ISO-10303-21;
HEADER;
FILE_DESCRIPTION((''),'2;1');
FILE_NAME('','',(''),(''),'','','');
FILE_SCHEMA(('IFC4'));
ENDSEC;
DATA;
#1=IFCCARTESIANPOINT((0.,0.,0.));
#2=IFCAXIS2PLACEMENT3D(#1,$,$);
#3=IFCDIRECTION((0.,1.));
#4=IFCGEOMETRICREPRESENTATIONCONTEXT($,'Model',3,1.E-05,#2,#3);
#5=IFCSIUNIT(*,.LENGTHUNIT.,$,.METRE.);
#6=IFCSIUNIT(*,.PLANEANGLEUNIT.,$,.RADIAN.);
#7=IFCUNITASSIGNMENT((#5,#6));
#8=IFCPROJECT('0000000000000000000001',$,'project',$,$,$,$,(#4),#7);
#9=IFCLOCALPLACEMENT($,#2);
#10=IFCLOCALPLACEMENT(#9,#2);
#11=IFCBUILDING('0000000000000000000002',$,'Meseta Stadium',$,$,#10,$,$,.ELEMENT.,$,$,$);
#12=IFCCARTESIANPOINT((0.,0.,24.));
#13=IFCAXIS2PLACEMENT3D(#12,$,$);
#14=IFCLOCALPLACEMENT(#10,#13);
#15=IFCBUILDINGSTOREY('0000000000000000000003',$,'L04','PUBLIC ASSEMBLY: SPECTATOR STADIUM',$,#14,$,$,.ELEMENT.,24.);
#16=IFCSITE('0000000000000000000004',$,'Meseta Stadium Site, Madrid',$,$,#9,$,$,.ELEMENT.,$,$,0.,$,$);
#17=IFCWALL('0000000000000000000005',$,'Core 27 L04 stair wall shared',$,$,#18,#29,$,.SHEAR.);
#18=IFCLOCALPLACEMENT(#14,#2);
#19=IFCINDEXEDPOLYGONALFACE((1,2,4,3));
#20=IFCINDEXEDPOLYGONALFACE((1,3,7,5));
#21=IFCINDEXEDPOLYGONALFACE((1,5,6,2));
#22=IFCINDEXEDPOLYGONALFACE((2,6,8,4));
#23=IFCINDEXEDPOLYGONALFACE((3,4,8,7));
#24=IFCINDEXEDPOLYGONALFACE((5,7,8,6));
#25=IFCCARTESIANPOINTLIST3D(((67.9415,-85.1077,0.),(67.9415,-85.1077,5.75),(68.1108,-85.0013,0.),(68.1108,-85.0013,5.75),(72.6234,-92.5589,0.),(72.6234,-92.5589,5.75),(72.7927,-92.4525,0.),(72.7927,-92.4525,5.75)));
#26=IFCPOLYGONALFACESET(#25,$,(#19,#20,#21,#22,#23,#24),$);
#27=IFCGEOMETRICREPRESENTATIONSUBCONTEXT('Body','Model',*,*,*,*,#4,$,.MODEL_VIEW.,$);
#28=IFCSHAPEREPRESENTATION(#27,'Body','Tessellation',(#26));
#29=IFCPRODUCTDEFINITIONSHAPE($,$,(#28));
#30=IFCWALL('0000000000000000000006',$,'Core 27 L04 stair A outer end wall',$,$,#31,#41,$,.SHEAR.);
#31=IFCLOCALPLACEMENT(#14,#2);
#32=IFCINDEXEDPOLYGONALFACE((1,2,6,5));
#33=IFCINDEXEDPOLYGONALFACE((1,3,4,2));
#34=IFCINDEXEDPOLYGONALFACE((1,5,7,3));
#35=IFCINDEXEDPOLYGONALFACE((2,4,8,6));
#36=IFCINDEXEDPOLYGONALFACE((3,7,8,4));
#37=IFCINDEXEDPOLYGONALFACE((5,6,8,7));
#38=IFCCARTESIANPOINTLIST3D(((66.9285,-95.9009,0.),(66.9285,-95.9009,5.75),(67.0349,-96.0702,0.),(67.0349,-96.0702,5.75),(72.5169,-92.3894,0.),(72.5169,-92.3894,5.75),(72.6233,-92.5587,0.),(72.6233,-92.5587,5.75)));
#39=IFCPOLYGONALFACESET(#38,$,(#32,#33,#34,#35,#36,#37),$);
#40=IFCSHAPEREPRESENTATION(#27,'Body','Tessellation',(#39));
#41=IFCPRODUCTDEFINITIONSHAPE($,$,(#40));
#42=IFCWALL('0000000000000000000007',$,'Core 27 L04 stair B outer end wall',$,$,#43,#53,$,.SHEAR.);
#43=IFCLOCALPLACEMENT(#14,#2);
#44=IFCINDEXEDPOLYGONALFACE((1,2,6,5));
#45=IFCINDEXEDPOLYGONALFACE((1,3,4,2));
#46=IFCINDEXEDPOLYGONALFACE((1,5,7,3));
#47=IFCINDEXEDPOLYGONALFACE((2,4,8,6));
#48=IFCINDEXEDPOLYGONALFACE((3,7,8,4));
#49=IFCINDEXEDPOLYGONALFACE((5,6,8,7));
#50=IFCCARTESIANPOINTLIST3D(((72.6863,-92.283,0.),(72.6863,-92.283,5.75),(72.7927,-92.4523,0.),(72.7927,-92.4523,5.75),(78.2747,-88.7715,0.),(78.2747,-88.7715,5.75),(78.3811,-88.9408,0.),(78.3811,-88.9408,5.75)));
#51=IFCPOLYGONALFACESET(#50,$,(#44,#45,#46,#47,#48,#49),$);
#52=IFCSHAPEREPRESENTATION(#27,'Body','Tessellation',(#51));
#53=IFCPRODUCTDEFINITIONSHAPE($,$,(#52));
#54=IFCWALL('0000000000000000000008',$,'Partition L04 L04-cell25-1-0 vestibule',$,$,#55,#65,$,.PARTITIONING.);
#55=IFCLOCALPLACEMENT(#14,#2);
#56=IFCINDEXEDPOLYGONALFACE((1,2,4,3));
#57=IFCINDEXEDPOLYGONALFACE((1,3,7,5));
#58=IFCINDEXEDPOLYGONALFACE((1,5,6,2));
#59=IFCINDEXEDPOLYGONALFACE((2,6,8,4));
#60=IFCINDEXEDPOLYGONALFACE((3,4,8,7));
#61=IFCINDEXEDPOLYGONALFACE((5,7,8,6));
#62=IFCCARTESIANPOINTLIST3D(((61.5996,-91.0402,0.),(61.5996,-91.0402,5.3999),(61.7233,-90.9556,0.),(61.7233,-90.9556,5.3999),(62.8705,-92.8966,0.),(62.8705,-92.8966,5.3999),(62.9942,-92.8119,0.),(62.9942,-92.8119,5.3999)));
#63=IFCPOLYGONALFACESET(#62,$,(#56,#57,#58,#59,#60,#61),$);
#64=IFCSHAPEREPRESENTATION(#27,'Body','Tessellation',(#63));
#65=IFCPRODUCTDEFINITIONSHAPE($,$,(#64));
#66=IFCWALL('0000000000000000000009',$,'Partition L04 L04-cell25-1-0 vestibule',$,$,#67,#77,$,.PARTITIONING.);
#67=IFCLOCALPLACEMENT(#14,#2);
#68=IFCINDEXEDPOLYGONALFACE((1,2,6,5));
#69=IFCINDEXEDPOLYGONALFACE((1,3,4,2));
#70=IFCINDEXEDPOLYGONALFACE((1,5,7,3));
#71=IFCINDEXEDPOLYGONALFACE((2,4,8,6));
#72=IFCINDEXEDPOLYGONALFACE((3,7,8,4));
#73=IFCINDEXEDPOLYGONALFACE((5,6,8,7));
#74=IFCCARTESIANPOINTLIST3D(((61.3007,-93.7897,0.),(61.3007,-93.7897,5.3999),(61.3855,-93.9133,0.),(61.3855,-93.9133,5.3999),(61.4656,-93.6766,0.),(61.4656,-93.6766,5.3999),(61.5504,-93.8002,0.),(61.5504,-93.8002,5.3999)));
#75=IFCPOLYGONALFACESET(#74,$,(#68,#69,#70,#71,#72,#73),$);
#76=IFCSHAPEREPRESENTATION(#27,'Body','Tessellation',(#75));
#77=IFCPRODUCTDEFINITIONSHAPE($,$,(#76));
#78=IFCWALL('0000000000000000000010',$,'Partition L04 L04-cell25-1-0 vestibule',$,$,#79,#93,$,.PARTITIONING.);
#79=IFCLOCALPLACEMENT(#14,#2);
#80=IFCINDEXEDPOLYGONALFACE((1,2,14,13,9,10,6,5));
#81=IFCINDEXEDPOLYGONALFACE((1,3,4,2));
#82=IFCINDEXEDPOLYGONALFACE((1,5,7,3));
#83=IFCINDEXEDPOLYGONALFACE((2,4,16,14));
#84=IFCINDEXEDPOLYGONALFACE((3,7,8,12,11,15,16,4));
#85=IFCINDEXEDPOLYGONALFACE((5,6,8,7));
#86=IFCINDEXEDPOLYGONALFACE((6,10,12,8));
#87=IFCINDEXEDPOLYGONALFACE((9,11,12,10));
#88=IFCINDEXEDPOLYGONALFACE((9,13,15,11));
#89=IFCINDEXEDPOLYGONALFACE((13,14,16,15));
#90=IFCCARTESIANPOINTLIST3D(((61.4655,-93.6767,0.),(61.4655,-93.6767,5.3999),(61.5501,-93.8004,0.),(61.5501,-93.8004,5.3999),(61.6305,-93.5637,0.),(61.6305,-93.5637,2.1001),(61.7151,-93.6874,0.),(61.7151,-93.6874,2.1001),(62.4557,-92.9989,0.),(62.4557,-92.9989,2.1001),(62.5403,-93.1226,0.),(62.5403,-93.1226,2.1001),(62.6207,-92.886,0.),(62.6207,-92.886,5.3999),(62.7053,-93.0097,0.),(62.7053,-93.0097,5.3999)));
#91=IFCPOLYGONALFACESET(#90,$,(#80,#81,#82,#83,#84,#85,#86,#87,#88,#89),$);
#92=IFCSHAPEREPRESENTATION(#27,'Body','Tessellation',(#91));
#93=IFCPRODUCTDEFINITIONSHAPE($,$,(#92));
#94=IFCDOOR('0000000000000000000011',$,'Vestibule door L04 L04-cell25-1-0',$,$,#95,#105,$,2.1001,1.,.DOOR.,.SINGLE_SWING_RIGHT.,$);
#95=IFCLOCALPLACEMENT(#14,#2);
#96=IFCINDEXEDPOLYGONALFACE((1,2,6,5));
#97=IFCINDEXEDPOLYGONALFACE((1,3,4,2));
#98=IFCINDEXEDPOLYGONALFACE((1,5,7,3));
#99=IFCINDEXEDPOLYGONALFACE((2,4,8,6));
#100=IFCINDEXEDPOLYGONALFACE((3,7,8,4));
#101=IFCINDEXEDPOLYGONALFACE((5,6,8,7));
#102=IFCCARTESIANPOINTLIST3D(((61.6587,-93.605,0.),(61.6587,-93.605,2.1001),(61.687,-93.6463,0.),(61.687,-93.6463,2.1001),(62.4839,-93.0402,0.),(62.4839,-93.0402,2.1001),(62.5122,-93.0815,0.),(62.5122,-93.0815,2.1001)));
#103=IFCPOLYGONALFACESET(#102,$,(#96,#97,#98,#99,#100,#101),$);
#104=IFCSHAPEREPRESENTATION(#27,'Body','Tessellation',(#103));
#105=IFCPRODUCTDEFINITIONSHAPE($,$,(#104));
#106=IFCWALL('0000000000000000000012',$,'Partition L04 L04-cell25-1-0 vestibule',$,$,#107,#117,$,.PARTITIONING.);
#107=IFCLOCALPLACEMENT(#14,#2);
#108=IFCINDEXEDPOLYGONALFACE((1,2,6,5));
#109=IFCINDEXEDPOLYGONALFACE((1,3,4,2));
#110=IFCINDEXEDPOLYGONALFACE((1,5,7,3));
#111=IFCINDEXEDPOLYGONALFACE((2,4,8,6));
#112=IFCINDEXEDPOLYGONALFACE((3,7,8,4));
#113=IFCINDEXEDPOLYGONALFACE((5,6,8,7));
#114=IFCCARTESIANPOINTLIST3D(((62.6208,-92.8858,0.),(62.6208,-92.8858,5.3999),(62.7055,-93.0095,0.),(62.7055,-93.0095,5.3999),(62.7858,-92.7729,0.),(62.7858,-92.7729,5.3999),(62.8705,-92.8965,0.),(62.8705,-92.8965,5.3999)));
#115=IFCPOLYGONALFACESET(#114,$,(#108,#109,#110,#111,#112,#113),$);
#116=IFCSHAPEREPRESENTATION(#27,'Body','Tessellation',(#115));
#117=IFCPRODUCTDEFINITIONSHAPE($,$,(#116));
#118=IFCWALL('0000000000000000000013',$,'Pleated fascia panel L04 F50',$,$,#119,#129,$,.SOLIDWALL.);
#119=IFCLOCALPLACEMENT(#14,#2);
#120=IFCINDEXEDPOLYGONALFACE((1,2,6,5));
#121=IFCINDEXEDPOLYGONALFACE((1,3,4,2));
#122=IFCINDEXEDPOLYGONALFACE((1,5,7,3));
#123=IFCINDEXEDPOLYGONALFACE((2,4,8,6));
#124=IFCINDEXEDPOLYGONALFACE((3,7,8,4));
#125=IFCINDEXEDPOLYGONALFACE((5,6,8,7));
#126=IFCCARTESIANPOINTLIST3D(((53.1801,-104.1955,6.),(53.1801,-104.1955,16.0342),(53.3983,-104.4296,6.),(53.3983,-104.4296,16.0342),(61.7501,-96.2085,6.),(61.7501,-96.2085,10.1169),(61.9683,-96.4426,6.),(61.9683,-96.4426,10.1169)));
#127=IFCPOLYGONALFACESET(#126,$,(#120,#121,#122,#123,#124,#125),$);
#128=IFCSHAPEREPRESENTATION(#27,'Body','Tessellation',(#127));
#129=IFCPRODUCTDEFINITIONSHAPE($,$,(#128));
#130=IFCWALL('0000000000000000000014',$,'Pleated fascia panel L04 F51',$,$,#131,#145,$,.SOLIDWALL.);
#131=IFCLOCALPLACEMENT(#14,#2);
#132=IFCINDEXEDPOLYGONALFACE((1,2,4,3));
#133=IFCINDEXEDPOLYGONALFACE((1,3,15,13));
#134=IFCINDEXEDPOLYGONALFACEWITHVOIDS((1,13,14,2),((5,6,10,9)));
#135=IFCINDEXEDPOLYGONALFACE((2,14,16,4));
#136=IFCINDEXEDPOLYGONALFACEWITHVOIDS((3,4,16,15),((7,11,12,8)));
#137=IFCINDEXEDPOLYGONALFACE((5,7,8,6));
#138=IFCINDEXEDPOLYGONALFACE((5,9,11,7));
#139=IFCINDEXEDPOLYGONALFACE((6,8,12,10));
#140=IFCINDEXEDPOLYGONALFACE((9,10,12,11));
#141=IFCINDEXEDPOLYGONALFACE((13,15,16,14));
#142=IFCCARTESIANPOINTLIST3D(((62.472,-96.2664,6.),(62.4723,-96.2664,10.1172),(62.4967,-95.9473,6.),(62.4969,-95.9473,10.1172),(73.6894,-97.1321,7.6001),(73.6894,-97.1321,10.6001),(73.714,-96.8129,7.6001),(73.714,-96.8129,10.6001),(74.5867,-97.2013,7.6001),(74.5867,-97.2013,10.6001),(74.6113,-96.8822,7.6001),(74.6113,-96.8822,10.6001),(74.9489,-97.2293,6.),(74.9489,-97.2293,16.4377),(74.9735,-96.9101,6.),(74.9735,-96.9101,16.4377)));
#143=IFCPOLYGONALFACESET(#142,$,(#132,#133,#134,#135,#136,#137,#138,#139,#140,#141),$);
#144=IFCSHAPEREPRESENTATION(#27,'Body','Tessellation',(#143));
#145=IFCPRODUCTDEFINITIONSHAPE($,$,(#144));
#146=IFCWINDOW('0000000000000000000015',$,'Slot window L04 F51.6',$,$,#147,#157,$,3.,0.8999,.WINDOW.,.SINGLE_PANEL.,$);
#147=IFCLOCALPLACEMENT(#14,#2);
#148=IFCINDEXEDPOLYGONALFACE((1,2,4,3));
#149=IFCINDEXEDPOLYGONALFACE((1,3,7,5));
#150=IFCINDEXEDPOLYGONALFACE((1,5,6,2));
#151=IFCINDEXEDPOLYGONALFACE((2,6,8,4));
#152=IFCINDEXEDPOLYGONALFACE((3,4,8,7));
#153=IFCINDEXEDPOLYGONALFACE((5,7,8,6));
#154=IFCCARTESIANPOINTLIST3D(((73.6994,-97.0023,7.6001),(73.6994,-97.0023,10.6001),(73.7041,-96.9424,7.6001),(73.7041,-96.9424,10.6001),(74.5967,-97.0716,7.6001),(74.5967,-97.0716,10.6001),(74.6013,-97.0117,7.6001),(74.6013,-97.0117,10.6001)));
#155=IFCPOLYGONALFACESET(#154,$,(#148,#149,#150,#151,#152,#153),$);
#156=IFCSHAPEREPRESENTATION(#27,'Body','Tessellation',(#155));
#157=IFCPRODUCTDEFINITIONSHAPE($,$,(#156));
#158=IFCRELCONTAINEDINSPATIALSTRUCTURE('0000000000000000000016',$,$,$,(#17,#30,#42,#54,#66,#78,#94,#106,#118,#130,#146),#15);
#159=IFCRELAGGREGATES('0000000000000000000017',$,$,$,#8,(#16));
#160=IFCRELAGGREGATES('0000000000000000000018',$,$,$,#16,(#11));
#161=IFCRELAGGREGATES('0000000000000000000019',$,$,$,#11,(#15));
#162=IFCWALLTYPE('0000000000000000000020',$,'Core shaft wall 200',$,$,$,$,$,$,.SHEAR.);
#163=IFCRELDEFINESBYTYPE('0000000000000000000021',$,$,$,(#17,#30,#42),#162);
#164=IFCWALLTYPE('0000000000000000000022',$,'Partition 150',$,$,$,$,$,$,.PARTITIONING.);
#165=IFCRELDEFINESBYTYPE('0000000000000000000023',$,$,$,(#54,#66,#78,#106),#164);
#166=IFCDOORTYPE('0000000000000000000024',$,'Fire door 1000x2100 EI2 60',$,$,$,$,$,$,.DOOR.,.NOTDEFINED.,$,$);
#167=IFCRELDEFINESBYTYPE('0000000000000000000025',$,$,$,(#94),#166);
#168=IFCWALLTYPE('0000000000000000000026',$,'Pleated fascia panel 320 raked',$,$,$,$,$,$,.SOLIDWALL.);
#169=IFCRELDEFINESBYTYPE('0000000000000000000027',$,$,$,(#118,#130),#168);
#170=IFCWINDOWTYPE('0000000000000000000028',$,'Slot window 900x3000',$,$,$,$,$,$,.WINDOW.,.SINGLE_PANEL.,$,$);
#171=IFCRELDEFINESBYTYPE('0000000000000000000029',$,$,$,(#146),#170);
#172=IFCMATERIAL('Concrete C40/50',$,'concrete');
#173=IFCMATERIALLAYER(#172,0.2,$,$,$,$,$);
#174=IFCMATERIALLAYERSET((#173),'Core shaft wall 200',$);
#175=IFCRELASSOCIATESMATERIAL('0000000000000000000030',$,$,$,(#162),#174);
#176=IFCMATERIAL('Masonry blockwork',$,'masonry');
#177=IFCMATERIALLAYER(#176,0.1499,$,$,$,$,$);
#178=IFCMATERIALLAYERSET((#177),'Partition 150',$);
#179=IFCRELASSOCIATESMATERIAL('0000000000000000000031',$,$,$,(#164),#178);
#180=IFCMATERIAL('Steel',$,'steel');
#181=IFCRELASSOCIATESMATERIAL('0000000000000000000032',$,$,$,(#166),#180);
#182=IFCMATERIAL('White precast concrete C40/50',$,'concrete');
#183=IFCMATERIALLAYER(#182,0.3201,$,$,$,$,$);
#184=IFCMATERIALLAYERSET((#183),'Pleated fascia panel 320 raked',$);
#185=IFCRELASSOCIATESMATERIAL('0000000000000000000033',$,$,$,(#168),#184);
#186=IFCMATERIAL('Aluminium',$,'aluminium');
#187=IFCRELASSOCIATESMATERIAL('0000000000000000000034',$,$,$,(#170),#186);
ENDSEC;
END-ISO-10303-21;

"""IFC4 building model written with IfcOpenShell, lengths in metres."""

from ifc_helpers import new_model, si_unit, direction, frame, frame_2d, origin, place, context, subcontext, project, spatial, polyline, rectangle, outline, extrude, material, layer, layer_set, type_object, element, fill, save


model = new_model("IFC4")

# Units and contexts
model_context = context("Model", 3, precision=1e-05, world=origin(), true_north=direction((0.0, 1.0)))
body_context = subcontext(model_context, "Body", "Model", "MODEL_VIEW")
ifc_project = project(units=[si_unit("LENGTHUNIT", "METRE"), si_unit("PLANEANGLEUNIT", "RADIAN")], contexts=[model_context])

# Site, building, storey
site_placement = place(None, origin())
site = spatial("IfcSite", under=ifc_project, at=site_placement, Name="Meseta Stadium Site, Madrid", CompositionType="ELEMENT", RefElevation=0.0)
building_placement = place(site_placement, origin())
building = spatial("IfcBuilding", under=site, at=building_placement, Name="Meseta Stadium", CompositionType="ELEMENT")
storey_placement = place(building_placement, frame((0.0, 0.0, 24.0)))
storey = spatial("IfcBuildingStorey", under=building, at=storey_placement, Name="L04", Description="PUBLIC ASSEMBLY: SPECTATOR STADIUM", CompositionType="ELEMENT", Elevation=24.0)

# Walls
ifc_material_1 = material(Name="Concrete C40/50", Category="concrete")
ifc_layer_1 = layer(ifc_material_1, 0.2)
ifc_layer_set_1 = layer_set([ifc_layer_1], Name="Core shaft wall 200")
wall_type_1 = type_object("IfcWallType", Name="Core shaft wall 200", PredefinedType="SHEAR", material=ifc_layer_set_1)
for number, where, z_axis, x_axis, name in (
    (1, (72.708, -92.5056, 0.0), (0.0, 0.0, 1.0), (-0.532032, 0.846724, 0.0), "Core 27 L04 stair wall shared"),
):
    element("IfcWall", number, at=place(storey_placement, frame(where, z_axis=z_axis, x_axis=x_axis)), inside=storey, type_object=wall_type_1, Name=name, PredefinedType="SHEAR", context=body_context, shape_type="SweptSolid", body=[
        extrude(rectangle(XDim=8.8, YDim=0.2, at=frame_2d((4.3999, 0.0))), origin(), (0.0, 0.0, 1.0), 5.75),
    ])
for number, where, z_axis, x_axis, name in (
    (2, (66.9817, -95.9856, 0.0), (0.0, 0.0, 1.0), (0.84672, 0.532039, 0.0), "Core 27 L04 stair A outer end wall"),
    (3, (72.7395, -92.3677, 0.0), (0.0, 0.0, 1.0), (0.84672, 0.532039, 0.0), "Core 27 L04 stair B outer end wall"),
):
    element("IfcWall", number, at=place(storey_placement, frame(where, z_axis=z_axis, x_axis=x_axis)), inside=storey, type_object=wall_type_1, Name=name, PredefinedType="SHEAR", context=body_context, shape_type="SweptSolid", body=[
        extrude(rectangle(XDim=6.6001, YDim=0.2, at=frame_2d((3.3, 0.0))), origin(), (0.0, 0.0, 1.0), 5.75),
    ])
ifc_material_2 = material(Name="Masonry blockwork", Category="masonry")
ifc_layer_2 = layer(ifc_material_2, 0.1499)
ifc_layer_set_2 = layer_set([ifc_layer_2], Name="Partition 150")
wall_type_2 = type_object("IfcWallType", Name="Partition 150", PredefinedType="PARTITIONING", material=ifc_layer_set_2)
wall_1_placement = place(storey_placement, frame((61.6614, -90.9978, 0.0), z_axis=(0.0, 0.0, 1.0), x_axis=(0.564925, -0.825142, 0.0)))
element("IfcWall", 4, at=wall_1_placement, inside=storey, type_object=wall_type_2, Name="Partition L04 L04-cell25-1-0 vestibule", PredefinedType="PARTITIONING", context=body_context, shape_type="SweptSolid", body=[
    extrude(rectangle(XDim=2.2498, YDim=0.1499, at=frame_2d((1.125, 0.0))), origin(), (0.0, 0.0, 1.0), 5.3999),
])
wall_2_placement = place(storey_placement, frame((61.343, -93.8516, 0.0), z_axis=(0.0, 0.0, 1.0), x_axis=(0.824647, 0.565647, 0.0)))
element("IfcWall", 5, at=wall_2_placement, inside=storey, type_object=wall_type_2, Name="Partition L04 L04-cell25-1-0 vestibule", PredefinedType="PARTITIONING", context=body_context, shape_type="SweptSolid", body=[
    extrude(rectangle(XDim=0.2, YDim=0.1499, at=frame_2d((0.1001, 0.0))), origin(), (0.0, 0.0, 1.0), 5.3999),
])

# Wall, opening, door
wall_3_placement = place(storey_placement, frame((61.5078, -93.7385, 0.0), z_axis=(0.0, 0.0, 1.0), x_axis=(0.8252, 0.56484, 0.0)))
wall_3 = element("IfcWall", 6, at=wall_3_placement, inside=storey, type_object=wall_type_2, Name="Partition L04 L04-cell25-1-0 vestibule", PredefinedType="PARTITIONING", context=body_context, shape_type="SweptSolid", body=[
    extrude(rectangle(XDim=1.3999, YDim=0.1499, at=frame_2d((0.7, 0.0))), origin(), (0.0, 0.0, 1.0), 5.3999),
])
opening_1_placement = place(wall_3_placement, frame((0.2, 0.0, 0.0)))
opening_1 = element("IfcOpeningElement", 7, at=opening_1_placement, cuts=wall_3, PredefinedType="OPENING", context=body_context, shape_type="SweptSolid", body=[
    extrude(rectangle(XDim=1.0, YDim=2.1001, at=frame_2d((0.5, 1.05))), frame((0.0, 0.085, 0.0), z_axis=(0.0, -1.0, 0.0), x_axis=(1.0, 0.0, 0.0)), (0.0, 0.0, 1.0), 0.1699),
])
ifc_material_3 = material(Name="Steel", Category="steel")
door_type = type_object("IfcDoorType", Name="Fire door 1000x2100 EI2 60", OperationType="NOTDEFINED", PredefinedType="DOOR", material=ifc_material_3)
door_placement = place(opening_1_placement, origin())
door = element("IfcDoor", 8, at=door_placement, inside=storey, type_object=door_type, Name="Vestibule door L04 L04-cell25-1-0", OperationType="SINGLE_SWING_RIGHT", OverallHeight=2.1001, OverallWidth=1.0, PredefinedType="DOOR", context=body_context, shape_type="SweptSolid", body=[
    extrude(rectangle(XDim=1.0, YDim=2.1001, at=frame_2d((0.5, 1.05))), frame((0.0, 0.0249, 0.0), z_axis=(0.0, -1.0, 0.0), x_axis=(1.0, 0.0, 0.0)), (0.0, 0.0, 1.0), 0.05),
])
fill(opening_1, door)

# Walls
wall_4_placement = place(storey_placement, frame((62.6631, -92.9478, 0.0), z_axis=(0.0, 0.0, 1.0), x_axis=(0.825038, 0.565078, 0.0)))
element("IfcWall", 9, at=wall_4_placement, inside=storey, type_object=wall_type_2, Name="Partition L04 L04-cell25-1-0 vestibule", PredefinedType="PARTITIONING", context=body_context, shape_type="SweptSolid", body=[
    extrude(rectangle(XDim=0.2, YDim=0.1499, at=frame_2d((0.1001, 0.0))), origin(), (0.0, 0.0, 1.0), 5.3999),
])
ifc_material_4 = material(Name="White precast concrete C40/50", Category="concrete")
ifc_layer_3 = layer(ifc_material_4, 0.3201)
ifc_layer_set_3 = layer_set([ifc_layer_3], Name="Pleated fascia panel 320 raked")
wall_type_3 = type_object("IfcWallType", Name="Pleated fascia panel 320 raked", PredefinedType="SOLIDWALL", material=ifc_layer_set_3)
wall_5_placement = place(storey_placement, frame((61.8591, -96.3254, 6.0), z_axis=(0.0, 0.0, 1.0), x_axis=(-0.731552, -0.681786, 0.0)))
element("IfcWall", 10, at=wall_5_placement, inside=storey, type_object=wall_type_3, Name="Pleated fascia panel L04 F50", PredefinedType="SOLIDWALL", context=body_context, shape_type="SweptSolid", body=[
    extrude(outline(polyline([(0.0, 0.0), (11.7148, 0.0), (11.7148, 10.0342), (0.0, 4.1169), (0.0, 0.0)])), frame((0.0, 0.1602, 0.0), z_axis=(0.0, -1.0, 0.0), x_axis=(1.0, 0.0, 0.0)), (0.0, 0.0, 1.0), 0.3201),
])

# Wall, opening, window
wall_6_placement = place(storey_placement, frame((74.9612, -97.0696, 6.0), z_axis=(0.0, 0.0, 1.0), x_axis=(-0.997035, 0.076946, 0.0)))
wall_6 = element("IfcWall", 11, at=wall_6_placement, inside=storey, type_object=wall_type_3, Name="Pleated fascia panel L04 F51", PredefinedType="SOLIDWALL", context=body_context, shape_type="SweptSolid", body=[
    extrude(outline(polyline([(0.0, 0.0), (12.5139, 0.0), (12.5137, 4.1172), (0.0, 10.4377), (0.0, 0.0)])), frame((0.0, 0.1602, 0.0), z_axis=(0.0, -1.0, 0.0), x_axis=(1.0, 0.0, 0.0)), (0.0, 0.0, 1.0), 0.3201),
])
opening_2_placement = place(wall_6_placement, frame((0.3633, 0.0, 1.6001)))
opening_2 = element("IfcOpeningElement", 12, at=opening_2_placement, cuts=wall_6, PredefinedType="OPENING", context=body_context, shape_type="SweptSolid", body=[
    extrude(rectangle(XDim=0.8999, YDim=3.0, at=frame_2d((0.45, 1.5))), frame((0.0, 0.1699, 0.0), z_axis=(0.0, -1.0, 0.0), x_axis=(1.0, 0.0, 0.0)), (0.0, 0.0, 1.0), 0.3401),
])
ifc_material_5 = material(Name="Aluminium", Category="aluminium")
window_type_1 = type_object("IfcWindowType", Name="Slot window 900x3000", PartitioningType="SINGLE_PANEL", PredefinedType="WINDOW", material=ifc_material_5)
window_1_placement = place(opening_2_placement, origin())
window_1 = element("IfcWindow", 13, at=window_1_placement, inside=storey, type_object=window_type_1, Name="Slot window L04 F51.6", OverallHeight=3.0, OverallWidth=0.8999, PartitioningType="SINGLE_PANEL", PredefinedType="WINDOW", context=body_context, shape_type="SweptSolid", body=[
    extrude(rectangle(XDim=0.8999, YDim=3.0, at=frame_2d((0.45, 1.5))), frame((0.0, 0.03, 0.0), z_axis=(0.0, -1.0, 0.0), x_axis=(1.0, 0.0, 0.0)), (0.0, 0.0, 1.0), 0.0601),
])
fill(opening_2, window_1)

save(model, "model.ifc")
